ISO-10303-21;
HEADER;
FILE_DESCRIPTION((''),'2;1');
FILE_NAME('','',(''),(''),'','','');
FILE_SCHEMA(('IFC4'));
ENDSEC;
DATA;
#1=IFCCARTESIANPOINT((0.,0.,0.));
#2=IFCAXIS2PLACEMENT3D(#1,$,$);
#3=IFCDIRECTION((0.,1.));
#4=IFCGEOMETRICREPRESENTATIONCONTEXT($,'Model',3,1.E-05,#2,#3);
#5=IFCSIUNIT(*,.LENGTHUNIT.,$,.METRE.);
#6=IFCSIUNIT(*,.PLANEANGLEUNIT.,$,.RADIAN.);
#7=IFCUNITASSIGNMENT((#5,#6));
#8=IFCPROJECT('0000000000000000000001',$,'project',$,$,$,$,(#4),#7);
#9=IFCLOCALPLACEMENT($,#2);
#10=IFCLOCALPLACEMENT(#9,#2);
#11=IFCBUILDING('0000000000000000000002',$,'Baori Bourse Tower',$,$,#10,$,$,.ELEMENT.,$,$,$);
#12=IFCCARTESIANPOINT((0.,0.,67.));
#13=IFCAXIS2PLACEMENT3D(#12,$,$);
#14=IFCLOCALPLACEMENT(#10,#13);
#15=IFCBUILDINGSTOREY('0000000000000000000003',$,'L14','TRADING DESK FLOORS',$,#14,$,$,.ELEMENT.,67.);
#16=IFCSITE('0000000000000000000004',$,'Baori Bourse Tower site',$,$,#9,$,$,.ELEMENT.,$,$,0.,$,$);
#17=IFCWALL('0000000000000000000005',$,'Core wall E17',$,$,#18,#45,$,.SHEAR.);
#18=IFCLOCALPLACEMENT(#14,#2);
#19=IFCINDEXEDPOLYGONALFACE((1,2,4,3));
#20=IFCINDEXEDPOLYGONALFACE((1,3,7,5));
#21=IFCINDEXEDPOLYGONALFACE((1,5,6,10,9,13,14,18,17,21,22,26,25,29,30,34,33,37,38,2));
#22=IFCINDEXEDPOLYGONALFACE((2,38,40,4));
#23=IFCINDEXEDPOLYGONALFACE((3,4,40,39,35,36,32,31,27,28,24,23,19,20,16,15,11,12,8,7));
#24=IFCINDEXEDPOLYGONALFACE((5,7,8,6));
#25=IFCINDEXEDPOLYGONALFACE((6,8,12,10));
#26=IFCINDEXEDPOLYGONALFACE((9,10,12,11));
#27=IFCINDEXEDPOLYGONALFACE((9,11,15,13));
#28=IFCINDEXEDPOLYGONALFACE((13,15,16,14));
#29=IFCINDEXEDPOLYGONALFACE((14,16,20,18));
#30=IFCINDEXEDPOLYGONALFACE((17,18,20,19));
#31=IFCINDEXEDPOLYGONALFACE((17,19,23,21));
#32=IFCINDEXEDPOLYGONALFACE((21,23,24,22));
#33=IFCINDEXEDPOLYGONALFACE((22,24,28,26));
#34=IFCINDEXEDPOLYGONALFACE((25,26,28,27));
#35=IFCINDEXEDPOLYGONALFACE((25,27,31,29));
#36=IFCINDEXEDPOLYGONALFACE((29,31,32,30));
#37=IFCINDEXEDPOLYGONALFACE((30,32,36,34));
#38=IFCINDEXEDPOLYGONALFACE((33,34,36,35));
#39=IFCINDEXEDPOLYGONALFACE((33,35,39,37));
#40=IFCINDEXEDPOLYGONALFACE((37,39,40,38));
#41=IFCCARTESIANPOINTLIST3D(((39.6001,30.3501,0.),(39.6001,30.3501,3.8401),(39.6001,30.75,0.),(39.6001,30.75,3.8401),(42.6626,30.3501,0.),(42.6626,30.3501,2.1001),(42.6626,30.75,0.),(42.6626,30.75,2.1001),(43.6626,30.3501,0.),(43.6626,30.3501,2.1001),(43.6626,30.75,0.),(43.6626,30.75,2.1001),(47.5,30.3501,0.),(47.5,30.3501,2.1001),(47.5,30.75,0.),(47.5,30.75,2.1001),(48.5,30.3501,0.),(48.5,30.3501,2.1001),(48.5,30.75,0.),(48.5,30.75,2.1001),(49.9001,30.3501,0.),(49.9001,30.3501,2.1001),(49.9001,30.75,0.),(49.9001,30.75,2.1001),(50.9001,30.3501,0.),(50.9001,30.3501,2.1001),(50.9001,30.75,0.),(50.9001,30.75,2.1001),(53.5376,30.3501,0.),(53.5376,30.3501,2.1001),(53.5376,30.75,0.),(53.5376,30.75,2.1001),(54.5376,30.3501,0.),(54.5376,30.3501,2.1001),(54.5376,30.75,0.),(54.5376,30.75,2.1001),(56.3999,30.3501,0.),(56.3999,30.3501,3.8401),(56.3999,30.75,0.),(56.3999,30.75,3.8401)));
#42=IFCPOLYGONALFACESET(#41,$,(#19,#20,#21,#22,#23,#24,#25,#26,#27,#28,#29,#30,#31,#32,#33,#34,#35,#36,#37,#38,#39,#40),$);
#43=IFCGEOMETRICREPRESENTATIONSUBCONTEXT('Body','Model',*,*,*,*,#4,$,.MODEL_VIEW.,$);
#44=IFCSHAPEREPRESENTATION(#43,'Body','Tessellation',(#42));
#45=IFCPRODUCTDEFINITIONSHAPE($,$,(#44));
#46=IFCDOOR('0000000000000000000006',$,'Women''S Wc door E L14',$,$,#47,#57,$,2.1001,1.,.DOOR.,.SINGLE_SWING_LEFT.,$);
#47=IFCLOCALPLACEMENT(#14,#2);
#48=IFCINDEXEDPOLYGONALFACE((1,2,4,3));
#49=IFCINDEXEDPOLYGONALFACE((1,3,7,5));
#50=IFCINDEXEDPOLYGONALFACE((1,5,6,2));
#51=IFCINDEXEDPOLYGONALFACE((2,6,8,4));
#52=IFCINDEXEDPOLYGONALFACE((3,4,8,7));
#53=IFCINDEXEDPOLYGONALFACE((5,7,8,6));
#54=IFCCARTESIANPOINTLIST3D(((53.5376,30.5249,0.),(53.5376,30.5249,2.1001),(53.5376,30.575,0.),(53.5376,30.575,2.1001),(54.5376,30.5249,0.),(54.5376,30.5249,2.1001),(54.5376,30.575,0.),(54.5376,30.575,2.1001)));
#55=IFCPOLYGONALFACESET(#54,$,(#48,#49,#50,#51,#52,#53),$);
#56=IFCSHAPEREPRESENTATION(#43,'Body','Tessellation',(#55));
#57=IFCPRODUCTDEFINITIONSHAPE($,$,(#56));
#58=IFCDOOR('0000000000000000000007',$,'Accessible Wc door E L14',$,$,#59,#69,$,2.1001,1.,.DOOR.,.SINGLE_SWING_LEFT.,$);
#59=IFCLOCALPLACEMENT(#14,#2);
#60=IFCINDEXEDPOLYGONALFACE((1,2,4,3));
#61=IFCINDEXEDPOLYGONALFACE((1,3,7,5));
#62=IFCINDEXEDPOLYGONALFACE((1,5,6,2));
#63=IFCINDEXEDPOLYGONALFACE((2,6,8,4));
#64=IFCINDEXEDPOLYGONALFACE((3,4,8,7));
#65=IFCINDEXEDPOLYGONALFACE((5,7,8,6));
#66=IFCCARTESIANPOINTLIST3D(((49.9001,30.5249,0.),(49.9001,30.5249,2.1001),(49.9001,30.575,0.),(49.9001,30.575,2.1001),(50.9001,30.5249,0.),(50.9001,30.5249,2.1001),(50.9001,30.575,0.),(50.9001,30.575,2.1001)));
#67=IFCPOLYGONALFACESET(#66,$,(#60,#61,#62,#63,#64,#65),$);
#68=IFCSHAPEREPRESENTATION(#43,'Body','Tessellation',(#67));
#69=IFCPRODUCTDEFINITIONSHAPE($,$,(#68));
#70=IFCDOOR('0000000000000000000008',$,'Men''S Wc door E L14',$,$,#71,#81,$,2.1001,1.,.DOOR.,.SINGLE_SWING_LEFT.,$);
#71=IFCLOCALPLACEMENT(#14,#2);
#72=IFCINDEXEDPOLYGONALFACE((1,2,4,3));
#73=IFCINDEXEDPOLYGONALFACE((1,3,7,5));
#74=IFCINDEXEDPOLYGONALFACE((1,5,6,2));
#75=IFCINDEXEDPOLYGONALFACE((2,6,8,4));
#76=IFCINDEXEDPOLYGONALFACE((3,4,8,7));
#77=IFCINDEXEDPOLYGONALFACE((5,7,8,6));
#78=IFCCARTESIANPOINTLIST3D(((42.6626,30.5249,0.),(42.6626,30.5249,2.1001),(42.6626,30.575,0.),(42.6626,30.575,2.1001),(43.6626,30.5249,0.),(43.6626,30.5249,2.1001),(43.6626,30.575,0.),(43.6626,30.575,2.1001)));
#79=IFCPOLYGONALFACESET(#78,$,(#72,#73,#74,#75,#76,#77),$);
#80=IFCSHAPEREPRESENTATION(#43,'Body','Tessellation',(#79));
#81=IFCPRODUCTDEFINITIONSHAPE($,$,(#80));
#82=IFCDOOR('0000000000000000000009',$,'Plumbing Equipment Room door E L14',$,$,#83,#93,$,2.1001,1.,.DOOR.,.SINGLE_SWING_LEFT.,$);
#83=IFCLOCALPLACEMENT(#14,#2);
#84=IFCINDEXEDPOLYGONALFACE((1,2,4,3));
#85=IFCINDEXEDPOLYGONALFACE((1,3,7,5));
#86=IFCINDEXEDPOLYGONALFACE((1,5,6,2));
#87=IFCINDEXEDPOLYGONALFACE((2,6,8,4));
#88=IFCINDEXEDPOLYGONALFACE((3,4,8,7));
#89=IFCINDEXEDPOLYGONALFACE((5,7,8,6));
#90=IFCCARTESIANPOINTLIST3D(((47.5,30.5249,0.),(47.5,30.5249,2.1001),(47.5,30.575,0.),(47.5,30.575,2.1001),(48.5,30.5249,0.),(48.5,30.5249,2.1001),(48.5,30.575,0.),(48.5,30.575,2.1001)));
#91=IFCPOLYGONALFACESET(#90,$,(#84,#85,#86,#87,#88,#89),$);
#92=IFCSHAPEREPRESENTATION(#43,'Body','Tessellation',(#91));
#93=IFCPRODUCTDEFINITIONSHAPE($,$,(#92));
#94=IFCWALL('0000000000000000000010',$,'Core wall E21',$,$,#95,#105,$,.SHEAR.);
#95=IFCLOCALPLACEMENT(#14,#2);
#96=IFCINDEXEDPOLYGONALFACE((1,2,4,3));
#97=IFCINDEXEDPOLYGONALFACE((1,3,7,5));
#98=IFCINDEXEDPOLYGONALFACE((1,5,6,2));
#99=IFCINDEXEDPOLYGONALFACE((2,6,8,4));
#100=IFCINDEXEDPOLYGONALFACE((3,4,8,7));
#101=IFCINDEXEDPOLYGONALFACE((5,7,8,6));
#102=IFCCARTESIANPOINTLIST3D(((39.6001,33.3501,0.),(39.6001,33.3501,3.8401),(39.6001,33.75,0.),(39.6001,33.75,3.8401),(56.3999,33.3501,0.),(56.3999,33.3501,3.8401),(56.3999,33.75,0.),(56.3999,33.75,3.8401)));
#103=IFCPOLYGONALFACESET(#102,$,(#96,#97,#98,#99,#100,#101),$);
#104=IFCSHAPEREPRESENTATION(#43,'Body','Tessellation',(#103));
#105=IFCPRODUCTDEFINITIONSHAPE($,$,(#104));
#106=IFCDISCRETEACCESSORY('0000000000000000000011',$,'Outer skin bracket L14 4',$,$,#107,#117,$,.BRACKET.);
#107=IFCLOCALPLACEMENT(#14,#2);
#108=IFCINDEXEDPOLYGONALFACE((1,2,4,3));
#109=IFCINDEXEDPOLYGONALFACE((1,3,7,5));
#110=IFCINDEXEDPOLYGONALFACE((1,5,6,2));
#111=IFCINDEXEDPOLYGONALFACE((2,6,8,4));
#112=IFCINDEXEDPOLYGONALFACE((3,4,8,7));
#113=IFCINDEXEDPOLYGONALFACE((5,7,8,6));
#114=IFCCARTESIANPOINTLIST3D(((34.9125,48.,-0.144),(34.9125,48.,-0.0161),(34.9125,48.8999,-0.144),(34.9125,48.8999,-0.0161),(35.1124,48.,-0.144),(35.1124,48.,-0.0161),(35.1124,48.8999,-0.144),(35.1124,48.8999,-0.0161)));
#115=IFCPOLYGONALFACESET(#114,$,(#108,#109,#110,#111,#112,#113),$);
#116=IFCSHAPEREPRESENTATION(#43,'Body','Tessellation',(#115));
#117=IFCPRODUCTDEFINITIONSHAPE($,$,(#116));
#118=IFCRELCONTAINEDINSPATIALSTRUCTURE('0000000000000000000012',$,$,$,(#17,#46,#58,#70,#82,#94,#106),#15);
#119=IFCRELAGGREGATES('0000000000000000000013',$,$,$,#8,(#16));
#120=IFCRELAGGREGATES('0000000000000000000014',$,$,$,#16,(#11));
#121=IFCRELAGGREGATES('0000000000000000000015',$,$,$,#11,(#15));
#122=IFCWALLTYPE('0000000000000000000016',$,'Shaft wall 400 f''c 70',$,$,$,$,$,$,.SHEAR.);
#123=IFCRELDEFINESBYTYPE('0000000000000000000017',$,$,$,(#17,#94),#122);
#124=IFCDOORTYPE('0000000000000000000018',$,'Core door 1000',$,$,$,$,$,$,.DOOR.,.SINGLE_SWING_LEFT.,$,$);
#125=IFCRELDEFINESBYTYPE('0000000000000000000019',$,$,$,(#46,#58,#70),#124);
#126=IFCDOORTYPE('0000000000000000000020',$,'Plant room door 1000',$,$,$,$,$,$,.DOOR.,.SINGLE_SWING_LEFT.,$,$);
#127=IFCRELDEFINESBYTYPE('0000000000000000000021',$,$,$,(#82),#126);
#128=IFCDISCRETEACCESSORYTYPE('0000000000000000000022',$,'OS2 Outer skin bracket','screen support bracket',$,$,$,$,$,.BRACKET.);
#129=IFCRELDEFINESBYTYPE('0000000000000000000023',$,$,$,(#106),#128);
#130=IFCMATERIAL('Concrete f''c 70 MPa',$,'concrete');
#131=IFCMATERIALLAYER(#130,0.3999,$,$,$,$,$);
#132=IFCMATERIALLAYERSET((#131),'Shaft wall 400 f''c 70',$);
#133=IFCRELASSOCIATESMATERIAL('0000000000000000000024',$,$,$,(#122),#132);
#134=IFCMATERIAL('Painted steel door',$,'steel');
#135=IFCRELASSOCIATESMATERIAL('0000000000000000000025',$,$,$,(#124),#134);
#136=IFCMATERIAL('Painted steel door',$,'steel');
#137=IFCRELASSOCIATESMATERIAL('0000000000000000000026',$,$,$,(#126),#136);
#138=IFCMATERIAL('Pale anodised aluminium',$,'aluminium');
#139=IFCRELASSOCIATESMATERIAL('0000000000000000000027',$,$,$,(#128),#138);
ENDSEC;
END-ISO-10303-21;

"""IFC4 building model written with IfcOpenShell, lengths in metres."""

from ifc_helpers import new_model, si_unit, direction, frame, frame_2d, origin, origin_2d, place, context, subcontext, project, spatial, rectangle, extrude, material, layer, layer_set, type_object, element, fill, save


model = new_model("IFC4")

# Units and contexts
model_context = context("Model", 3, precision=1e-05, world=origin(), true_north=direction((0.0, 1.0)))
body_context = subcontext(model_context, "Body", "Model", "MODEL_VIEW")
ifc_project = project(units=[si_unit("LENGTHUNIT", "METRE"), si_unit("PLANEANGLEUNIT", "RADIAN")], contexts=[model_context])

# Site, building, storey
site_placement = place(None, origin())
site = spatial("IfcSite", under=ifc_project, at=site_placement, Name="Baori Bourse Tower site", CompositionType="ELEMENT", RefElevation=0.0)
building_placement = place(site_placement, origin())
building = spatial("IfcBuilding", under=site, at=building_placement, Name="Baori Bourse Tower", CompositionType="ELEMENT")
storey_placement = place(building_placement, frame((0.0, 0.0, 67.0)))
storey = spatial("IfcBuildingStorey", under=building, at=storey_placement, Name="L14", Description="TRADING DESK FLOORS", CompositionType="ELEMENT", Elevation=67.0)

# Wall, openings, doors
ifc_material_1 = material(Name="Concrete f'c 70 MPa", Category="concrete")
ifc_layer_1 = layer(ifc_material_1, 0.3999)
ifc_layer_set_1 = layer_set([ifc_layer_1], Name="Shaft wall 400 f'c 70")
wall_type_1 = type_object("IfcWallType", Name="Shaft wall 400 f'c 70", PredefinedType="SHEAR", material=ifc_layer_set_1)
wall_1_placement = place(storey_placement, frame((39.6001, 30.55, 0.0), z_axis=(0.0, 0.0, 1.0), x_axis=(1.0, 0.0, 0.0)))
wall_1 = element("IfcWall", 1, at=wall_1_placement, inside=storey, type_object=wall_type_1, Name="Core wall E17", PredefinedType="SHEAR", context=body_context, shape_type="SweptSolid", body=[
    extrude(rectangle(XDim=16.7998, YDim=0.3999, at=frame_2d((8.3999, 0.0))), origin(), (0.0, 0.0, 1.0), 3.8401),
])
opening_1_placement = place(wall_1_placement, frame((13.9375, 0.0, 0.0)))
opening_1 = element("IfcOpeningElement", 2, at=opening_1_placement, cuts=wall_1, PredefinedType="OPENING", context=body_context, shape_type="SweptSolid", body=[
    extrude(rectangle(XDim=1.0, YDim=2.1001, at=frame_2d((0.5, 1.05))), frame((0.0, 0.21, 0.0), z_axis=(0.0, -1.0, 0.0), x_axis=(1.0, 0.0, 0.0)), (0.0, 0.0, 1.0), 0.4199),
])
opening_2_placement = place(wall_1_placement, frame((10.3, 0.0, 0.0)))
opening_2 = element("IfcOpeningElement", 3, at=opening_2_placement, cuts=wall_1, PredefinedType="OPENING", context=body_context, shape_type="SweptSolid", body=[
    extrude(rectangle(XDim=1.0, YDim=2.1001, at=frame_2d((0.5, 1.05))), frame((0.0, 0.21, 0.0), z_axis=(0.0, -1.0, 0.0), x_axis=(1.0, 0.0, 0.0)), (0.0, 0.0, 1.0), 0.4199),
])
opening_3_placement = place(wall_1_placement, frame((7.8999, 0.0, 0.0)))
opening_3 = element("IfcOpeningElement", 4, at=opening_3_placement, cuts=wall_1, PredefinedType="OPENING", context=body_context, shape_type="SweptSolid", body=[
    extrude(rectangle(XDim=1.0, YDim=2.1001, at=frame_2d((0.5, 1.05))), frame((0.0, 0.21, 0.0), z_axis=(0.0, -1.0, 0.0), x_axis=(1.0, 0.0, 0.0)), (0.0, 0.0, 1.0), 0.4199),
])
opening_4_placement = place(wall_1_placement, frame((3.0625, 0.0, 0.0)))
opening_4 = element("IfcOpeningElement", 5, at=opening_4_placement, cuts=wall_1, PredefinedType="OPENING", context=body_context, shape_type="SweptSolid", body=[
    extrude(rectangle(XDim=1.0, YDim=2.1001, at=frame_2d((0.5, 1.05))), frame((0.0, 0.21, 0.0), z_axis=(0.0, -1.0, 0.0), x_axis=(1.0, 0.0, 0.0)), (0.0, 0.0, 1.0), 0.4199),
])
ifc_material_2 = material(Name="Painted steel door", Category="steel")
door_type_1 = type_object("IfcDoorType", Name="Core door 1000", OperationType="SINGLE_SWING_LEFT", PredefinedType="DOOR", material=ifc_material_2)
door_1_placement = place(opening_1_placement, origin())
door_1 = element("IfcDoor", 6, at=door_1_placement, inside=storey, type_object=door_type_1, Name="Women'S Wc door E L14", OperationType="SINGLE_SWING_LEFT", OverallHeight=2.1001, OverallWidth=1.0, PredefinedType="DOOR", context=body_context, shape_type="SweptSolid", body=[
    extrude(rectangle(XDim=1.0, YDim=2.1001, at=frame_2d((0.5, 1.05))), frame((0.0, 0.0249, 0.0), z_axis=(0.0, -1.0, 0.0), x_axis=(1.0, 0.0, 0.0)), (0.0, 0.0, 1.0), 0.05),
])
fill(opening_1, door_1)
door_2_placement = place(opening_2_placement, origin())
door_2 = element("IfcDoor", 7, at=door_2_placement, inside=storey, type_object=door_type_1, Name="Accessible Wc door E L14", OperationType="SINGLE_SWING_LEFT", OverallHeight=2.1001, OverallWidth=1.0, PredefinedType="DOOR", context=body_context, shape_type="SweptSolid", body=[
    extrude(rectangle(XDim=1.0, YDim=2.1001, at=frame_2d((0.5, 1.05))), frame((0.0, 0.0249, 0.0), z_axis=(0.0, -1.0, 0.0), x_axis=(1.0, 0.0, 0.0)), (0.0, 0.0, 1.0), 0.05),
])
fill(opening_2, door_2)
door_3_placement = place(opening_4_placement, origin())
door_3 = element("IfcDoor", 8, at=door_3_placement, inside=storey, type_object=door_type_1, Name="Men'S Wc door E L14", OperationType="SINGLE_SWING_LEFT", OverallHeight=2.1001, OverallWidth=1.0, PredefinedType="DOOR", context=body_context, shape_type="SweptSolid", body=[
    extrude(rectangle(XDim=1.0, YDim=2.1001, at=frame_2d((0.5, 1.05))), frame((0.0, 0.0249, 0.0), z_axis=(0.0, -1.0, 0.0), x_axis=(1.0, 0.0, 0.0)), (0.0, 0.0, 1.0), 0.05),
])
fill(opening_4, door_3)
ifc_material_3 = material(Name="Painted steel door", Category="steel")
door_type_2 = type_object("IfcDoorType", Name="Plant room door 1000", OperationType="SINGLE_SWING_LEFT", PredefinedType="DOOR", material=ifc_material_3)
door_4_placement = place(opening_3_placement, origin())
door_4 = element("IfcDoor", 9, at=door_4_placement, inside=storey, type_object=door_type_2, Name="Plumbing Equipment Room door E L14", OperationType="SINGLE_SWING_LEFT", OverallHeight=2.1001, OverallWidth=1.0, PredefinedType="DOOR", context=body_context, shape_type="SweptSolid", body=[
    extrude(rectangle(XDim=1.0, YDim=2.1001, at=frame_2d((0.5, 1.05))), frame((0.0, 0.0249, 0.0), z_axis=(0.0, -1.0, 0.0), x_axis=(1.0, 0.0, 0.0)), (0.0, 0.0, 1.0), 0.05),
])
fill(opening_3, door_4)

# Wall
wall_2_placement = place(storey_placement, frame((39.6001, 33.55, 0.0), z_axis=(0.0, 0.0, 1.0), x_axis=(1.0, 0.0, 0.0)))
element("IfcWall", 10, at=wall_2_placement, inside=storey, type_object=wall_type_1, Name="Core wall E21", PredefinedType="SHEAR", context=body_context, shape_type="SweptSolid", body=[
    extrude(rectangle(XDim=16.7998, YDim=0.3999, at=frame_2d((8.3999, 0.0))), origin(), (0.0, 0.0, 1.0), 3.8401),
])

# Discrete accessory
ifc_material_4 = material(Name="Pale anodised aluminium", Category="aluminium")
discrete_accessory_type = type_object("IfcDiscreteAccessoryType", Name="OS2 Outer skin bracket", Description="screen support bracket", PredefinedType="BRACKET", material=ifc_material_4)
discrete_accessory_placement = place(storey_placement, frame((35.0125, 48.45, -0.144), z_axis=(0.0, 0.0, 1.0), x_axis=(-1.0, 0.0, 0.0)))
element("IfcDiscreteAccessory", 11, at=discrete_accessory_placement, inside=storey, type_object=discrete_accessory_type, Name="Outer skin bracket L14 4", PredefinedType="BRACKET", context=body_context, shape_type="SweptSolid", body=[
    extrude(rectangle(XDim=0.2, YDim=0.8999, at=origin_2d()), origin(), (0.0, 0.0, 1.0), 0.1279),
])

save(model, "model.ifc")
